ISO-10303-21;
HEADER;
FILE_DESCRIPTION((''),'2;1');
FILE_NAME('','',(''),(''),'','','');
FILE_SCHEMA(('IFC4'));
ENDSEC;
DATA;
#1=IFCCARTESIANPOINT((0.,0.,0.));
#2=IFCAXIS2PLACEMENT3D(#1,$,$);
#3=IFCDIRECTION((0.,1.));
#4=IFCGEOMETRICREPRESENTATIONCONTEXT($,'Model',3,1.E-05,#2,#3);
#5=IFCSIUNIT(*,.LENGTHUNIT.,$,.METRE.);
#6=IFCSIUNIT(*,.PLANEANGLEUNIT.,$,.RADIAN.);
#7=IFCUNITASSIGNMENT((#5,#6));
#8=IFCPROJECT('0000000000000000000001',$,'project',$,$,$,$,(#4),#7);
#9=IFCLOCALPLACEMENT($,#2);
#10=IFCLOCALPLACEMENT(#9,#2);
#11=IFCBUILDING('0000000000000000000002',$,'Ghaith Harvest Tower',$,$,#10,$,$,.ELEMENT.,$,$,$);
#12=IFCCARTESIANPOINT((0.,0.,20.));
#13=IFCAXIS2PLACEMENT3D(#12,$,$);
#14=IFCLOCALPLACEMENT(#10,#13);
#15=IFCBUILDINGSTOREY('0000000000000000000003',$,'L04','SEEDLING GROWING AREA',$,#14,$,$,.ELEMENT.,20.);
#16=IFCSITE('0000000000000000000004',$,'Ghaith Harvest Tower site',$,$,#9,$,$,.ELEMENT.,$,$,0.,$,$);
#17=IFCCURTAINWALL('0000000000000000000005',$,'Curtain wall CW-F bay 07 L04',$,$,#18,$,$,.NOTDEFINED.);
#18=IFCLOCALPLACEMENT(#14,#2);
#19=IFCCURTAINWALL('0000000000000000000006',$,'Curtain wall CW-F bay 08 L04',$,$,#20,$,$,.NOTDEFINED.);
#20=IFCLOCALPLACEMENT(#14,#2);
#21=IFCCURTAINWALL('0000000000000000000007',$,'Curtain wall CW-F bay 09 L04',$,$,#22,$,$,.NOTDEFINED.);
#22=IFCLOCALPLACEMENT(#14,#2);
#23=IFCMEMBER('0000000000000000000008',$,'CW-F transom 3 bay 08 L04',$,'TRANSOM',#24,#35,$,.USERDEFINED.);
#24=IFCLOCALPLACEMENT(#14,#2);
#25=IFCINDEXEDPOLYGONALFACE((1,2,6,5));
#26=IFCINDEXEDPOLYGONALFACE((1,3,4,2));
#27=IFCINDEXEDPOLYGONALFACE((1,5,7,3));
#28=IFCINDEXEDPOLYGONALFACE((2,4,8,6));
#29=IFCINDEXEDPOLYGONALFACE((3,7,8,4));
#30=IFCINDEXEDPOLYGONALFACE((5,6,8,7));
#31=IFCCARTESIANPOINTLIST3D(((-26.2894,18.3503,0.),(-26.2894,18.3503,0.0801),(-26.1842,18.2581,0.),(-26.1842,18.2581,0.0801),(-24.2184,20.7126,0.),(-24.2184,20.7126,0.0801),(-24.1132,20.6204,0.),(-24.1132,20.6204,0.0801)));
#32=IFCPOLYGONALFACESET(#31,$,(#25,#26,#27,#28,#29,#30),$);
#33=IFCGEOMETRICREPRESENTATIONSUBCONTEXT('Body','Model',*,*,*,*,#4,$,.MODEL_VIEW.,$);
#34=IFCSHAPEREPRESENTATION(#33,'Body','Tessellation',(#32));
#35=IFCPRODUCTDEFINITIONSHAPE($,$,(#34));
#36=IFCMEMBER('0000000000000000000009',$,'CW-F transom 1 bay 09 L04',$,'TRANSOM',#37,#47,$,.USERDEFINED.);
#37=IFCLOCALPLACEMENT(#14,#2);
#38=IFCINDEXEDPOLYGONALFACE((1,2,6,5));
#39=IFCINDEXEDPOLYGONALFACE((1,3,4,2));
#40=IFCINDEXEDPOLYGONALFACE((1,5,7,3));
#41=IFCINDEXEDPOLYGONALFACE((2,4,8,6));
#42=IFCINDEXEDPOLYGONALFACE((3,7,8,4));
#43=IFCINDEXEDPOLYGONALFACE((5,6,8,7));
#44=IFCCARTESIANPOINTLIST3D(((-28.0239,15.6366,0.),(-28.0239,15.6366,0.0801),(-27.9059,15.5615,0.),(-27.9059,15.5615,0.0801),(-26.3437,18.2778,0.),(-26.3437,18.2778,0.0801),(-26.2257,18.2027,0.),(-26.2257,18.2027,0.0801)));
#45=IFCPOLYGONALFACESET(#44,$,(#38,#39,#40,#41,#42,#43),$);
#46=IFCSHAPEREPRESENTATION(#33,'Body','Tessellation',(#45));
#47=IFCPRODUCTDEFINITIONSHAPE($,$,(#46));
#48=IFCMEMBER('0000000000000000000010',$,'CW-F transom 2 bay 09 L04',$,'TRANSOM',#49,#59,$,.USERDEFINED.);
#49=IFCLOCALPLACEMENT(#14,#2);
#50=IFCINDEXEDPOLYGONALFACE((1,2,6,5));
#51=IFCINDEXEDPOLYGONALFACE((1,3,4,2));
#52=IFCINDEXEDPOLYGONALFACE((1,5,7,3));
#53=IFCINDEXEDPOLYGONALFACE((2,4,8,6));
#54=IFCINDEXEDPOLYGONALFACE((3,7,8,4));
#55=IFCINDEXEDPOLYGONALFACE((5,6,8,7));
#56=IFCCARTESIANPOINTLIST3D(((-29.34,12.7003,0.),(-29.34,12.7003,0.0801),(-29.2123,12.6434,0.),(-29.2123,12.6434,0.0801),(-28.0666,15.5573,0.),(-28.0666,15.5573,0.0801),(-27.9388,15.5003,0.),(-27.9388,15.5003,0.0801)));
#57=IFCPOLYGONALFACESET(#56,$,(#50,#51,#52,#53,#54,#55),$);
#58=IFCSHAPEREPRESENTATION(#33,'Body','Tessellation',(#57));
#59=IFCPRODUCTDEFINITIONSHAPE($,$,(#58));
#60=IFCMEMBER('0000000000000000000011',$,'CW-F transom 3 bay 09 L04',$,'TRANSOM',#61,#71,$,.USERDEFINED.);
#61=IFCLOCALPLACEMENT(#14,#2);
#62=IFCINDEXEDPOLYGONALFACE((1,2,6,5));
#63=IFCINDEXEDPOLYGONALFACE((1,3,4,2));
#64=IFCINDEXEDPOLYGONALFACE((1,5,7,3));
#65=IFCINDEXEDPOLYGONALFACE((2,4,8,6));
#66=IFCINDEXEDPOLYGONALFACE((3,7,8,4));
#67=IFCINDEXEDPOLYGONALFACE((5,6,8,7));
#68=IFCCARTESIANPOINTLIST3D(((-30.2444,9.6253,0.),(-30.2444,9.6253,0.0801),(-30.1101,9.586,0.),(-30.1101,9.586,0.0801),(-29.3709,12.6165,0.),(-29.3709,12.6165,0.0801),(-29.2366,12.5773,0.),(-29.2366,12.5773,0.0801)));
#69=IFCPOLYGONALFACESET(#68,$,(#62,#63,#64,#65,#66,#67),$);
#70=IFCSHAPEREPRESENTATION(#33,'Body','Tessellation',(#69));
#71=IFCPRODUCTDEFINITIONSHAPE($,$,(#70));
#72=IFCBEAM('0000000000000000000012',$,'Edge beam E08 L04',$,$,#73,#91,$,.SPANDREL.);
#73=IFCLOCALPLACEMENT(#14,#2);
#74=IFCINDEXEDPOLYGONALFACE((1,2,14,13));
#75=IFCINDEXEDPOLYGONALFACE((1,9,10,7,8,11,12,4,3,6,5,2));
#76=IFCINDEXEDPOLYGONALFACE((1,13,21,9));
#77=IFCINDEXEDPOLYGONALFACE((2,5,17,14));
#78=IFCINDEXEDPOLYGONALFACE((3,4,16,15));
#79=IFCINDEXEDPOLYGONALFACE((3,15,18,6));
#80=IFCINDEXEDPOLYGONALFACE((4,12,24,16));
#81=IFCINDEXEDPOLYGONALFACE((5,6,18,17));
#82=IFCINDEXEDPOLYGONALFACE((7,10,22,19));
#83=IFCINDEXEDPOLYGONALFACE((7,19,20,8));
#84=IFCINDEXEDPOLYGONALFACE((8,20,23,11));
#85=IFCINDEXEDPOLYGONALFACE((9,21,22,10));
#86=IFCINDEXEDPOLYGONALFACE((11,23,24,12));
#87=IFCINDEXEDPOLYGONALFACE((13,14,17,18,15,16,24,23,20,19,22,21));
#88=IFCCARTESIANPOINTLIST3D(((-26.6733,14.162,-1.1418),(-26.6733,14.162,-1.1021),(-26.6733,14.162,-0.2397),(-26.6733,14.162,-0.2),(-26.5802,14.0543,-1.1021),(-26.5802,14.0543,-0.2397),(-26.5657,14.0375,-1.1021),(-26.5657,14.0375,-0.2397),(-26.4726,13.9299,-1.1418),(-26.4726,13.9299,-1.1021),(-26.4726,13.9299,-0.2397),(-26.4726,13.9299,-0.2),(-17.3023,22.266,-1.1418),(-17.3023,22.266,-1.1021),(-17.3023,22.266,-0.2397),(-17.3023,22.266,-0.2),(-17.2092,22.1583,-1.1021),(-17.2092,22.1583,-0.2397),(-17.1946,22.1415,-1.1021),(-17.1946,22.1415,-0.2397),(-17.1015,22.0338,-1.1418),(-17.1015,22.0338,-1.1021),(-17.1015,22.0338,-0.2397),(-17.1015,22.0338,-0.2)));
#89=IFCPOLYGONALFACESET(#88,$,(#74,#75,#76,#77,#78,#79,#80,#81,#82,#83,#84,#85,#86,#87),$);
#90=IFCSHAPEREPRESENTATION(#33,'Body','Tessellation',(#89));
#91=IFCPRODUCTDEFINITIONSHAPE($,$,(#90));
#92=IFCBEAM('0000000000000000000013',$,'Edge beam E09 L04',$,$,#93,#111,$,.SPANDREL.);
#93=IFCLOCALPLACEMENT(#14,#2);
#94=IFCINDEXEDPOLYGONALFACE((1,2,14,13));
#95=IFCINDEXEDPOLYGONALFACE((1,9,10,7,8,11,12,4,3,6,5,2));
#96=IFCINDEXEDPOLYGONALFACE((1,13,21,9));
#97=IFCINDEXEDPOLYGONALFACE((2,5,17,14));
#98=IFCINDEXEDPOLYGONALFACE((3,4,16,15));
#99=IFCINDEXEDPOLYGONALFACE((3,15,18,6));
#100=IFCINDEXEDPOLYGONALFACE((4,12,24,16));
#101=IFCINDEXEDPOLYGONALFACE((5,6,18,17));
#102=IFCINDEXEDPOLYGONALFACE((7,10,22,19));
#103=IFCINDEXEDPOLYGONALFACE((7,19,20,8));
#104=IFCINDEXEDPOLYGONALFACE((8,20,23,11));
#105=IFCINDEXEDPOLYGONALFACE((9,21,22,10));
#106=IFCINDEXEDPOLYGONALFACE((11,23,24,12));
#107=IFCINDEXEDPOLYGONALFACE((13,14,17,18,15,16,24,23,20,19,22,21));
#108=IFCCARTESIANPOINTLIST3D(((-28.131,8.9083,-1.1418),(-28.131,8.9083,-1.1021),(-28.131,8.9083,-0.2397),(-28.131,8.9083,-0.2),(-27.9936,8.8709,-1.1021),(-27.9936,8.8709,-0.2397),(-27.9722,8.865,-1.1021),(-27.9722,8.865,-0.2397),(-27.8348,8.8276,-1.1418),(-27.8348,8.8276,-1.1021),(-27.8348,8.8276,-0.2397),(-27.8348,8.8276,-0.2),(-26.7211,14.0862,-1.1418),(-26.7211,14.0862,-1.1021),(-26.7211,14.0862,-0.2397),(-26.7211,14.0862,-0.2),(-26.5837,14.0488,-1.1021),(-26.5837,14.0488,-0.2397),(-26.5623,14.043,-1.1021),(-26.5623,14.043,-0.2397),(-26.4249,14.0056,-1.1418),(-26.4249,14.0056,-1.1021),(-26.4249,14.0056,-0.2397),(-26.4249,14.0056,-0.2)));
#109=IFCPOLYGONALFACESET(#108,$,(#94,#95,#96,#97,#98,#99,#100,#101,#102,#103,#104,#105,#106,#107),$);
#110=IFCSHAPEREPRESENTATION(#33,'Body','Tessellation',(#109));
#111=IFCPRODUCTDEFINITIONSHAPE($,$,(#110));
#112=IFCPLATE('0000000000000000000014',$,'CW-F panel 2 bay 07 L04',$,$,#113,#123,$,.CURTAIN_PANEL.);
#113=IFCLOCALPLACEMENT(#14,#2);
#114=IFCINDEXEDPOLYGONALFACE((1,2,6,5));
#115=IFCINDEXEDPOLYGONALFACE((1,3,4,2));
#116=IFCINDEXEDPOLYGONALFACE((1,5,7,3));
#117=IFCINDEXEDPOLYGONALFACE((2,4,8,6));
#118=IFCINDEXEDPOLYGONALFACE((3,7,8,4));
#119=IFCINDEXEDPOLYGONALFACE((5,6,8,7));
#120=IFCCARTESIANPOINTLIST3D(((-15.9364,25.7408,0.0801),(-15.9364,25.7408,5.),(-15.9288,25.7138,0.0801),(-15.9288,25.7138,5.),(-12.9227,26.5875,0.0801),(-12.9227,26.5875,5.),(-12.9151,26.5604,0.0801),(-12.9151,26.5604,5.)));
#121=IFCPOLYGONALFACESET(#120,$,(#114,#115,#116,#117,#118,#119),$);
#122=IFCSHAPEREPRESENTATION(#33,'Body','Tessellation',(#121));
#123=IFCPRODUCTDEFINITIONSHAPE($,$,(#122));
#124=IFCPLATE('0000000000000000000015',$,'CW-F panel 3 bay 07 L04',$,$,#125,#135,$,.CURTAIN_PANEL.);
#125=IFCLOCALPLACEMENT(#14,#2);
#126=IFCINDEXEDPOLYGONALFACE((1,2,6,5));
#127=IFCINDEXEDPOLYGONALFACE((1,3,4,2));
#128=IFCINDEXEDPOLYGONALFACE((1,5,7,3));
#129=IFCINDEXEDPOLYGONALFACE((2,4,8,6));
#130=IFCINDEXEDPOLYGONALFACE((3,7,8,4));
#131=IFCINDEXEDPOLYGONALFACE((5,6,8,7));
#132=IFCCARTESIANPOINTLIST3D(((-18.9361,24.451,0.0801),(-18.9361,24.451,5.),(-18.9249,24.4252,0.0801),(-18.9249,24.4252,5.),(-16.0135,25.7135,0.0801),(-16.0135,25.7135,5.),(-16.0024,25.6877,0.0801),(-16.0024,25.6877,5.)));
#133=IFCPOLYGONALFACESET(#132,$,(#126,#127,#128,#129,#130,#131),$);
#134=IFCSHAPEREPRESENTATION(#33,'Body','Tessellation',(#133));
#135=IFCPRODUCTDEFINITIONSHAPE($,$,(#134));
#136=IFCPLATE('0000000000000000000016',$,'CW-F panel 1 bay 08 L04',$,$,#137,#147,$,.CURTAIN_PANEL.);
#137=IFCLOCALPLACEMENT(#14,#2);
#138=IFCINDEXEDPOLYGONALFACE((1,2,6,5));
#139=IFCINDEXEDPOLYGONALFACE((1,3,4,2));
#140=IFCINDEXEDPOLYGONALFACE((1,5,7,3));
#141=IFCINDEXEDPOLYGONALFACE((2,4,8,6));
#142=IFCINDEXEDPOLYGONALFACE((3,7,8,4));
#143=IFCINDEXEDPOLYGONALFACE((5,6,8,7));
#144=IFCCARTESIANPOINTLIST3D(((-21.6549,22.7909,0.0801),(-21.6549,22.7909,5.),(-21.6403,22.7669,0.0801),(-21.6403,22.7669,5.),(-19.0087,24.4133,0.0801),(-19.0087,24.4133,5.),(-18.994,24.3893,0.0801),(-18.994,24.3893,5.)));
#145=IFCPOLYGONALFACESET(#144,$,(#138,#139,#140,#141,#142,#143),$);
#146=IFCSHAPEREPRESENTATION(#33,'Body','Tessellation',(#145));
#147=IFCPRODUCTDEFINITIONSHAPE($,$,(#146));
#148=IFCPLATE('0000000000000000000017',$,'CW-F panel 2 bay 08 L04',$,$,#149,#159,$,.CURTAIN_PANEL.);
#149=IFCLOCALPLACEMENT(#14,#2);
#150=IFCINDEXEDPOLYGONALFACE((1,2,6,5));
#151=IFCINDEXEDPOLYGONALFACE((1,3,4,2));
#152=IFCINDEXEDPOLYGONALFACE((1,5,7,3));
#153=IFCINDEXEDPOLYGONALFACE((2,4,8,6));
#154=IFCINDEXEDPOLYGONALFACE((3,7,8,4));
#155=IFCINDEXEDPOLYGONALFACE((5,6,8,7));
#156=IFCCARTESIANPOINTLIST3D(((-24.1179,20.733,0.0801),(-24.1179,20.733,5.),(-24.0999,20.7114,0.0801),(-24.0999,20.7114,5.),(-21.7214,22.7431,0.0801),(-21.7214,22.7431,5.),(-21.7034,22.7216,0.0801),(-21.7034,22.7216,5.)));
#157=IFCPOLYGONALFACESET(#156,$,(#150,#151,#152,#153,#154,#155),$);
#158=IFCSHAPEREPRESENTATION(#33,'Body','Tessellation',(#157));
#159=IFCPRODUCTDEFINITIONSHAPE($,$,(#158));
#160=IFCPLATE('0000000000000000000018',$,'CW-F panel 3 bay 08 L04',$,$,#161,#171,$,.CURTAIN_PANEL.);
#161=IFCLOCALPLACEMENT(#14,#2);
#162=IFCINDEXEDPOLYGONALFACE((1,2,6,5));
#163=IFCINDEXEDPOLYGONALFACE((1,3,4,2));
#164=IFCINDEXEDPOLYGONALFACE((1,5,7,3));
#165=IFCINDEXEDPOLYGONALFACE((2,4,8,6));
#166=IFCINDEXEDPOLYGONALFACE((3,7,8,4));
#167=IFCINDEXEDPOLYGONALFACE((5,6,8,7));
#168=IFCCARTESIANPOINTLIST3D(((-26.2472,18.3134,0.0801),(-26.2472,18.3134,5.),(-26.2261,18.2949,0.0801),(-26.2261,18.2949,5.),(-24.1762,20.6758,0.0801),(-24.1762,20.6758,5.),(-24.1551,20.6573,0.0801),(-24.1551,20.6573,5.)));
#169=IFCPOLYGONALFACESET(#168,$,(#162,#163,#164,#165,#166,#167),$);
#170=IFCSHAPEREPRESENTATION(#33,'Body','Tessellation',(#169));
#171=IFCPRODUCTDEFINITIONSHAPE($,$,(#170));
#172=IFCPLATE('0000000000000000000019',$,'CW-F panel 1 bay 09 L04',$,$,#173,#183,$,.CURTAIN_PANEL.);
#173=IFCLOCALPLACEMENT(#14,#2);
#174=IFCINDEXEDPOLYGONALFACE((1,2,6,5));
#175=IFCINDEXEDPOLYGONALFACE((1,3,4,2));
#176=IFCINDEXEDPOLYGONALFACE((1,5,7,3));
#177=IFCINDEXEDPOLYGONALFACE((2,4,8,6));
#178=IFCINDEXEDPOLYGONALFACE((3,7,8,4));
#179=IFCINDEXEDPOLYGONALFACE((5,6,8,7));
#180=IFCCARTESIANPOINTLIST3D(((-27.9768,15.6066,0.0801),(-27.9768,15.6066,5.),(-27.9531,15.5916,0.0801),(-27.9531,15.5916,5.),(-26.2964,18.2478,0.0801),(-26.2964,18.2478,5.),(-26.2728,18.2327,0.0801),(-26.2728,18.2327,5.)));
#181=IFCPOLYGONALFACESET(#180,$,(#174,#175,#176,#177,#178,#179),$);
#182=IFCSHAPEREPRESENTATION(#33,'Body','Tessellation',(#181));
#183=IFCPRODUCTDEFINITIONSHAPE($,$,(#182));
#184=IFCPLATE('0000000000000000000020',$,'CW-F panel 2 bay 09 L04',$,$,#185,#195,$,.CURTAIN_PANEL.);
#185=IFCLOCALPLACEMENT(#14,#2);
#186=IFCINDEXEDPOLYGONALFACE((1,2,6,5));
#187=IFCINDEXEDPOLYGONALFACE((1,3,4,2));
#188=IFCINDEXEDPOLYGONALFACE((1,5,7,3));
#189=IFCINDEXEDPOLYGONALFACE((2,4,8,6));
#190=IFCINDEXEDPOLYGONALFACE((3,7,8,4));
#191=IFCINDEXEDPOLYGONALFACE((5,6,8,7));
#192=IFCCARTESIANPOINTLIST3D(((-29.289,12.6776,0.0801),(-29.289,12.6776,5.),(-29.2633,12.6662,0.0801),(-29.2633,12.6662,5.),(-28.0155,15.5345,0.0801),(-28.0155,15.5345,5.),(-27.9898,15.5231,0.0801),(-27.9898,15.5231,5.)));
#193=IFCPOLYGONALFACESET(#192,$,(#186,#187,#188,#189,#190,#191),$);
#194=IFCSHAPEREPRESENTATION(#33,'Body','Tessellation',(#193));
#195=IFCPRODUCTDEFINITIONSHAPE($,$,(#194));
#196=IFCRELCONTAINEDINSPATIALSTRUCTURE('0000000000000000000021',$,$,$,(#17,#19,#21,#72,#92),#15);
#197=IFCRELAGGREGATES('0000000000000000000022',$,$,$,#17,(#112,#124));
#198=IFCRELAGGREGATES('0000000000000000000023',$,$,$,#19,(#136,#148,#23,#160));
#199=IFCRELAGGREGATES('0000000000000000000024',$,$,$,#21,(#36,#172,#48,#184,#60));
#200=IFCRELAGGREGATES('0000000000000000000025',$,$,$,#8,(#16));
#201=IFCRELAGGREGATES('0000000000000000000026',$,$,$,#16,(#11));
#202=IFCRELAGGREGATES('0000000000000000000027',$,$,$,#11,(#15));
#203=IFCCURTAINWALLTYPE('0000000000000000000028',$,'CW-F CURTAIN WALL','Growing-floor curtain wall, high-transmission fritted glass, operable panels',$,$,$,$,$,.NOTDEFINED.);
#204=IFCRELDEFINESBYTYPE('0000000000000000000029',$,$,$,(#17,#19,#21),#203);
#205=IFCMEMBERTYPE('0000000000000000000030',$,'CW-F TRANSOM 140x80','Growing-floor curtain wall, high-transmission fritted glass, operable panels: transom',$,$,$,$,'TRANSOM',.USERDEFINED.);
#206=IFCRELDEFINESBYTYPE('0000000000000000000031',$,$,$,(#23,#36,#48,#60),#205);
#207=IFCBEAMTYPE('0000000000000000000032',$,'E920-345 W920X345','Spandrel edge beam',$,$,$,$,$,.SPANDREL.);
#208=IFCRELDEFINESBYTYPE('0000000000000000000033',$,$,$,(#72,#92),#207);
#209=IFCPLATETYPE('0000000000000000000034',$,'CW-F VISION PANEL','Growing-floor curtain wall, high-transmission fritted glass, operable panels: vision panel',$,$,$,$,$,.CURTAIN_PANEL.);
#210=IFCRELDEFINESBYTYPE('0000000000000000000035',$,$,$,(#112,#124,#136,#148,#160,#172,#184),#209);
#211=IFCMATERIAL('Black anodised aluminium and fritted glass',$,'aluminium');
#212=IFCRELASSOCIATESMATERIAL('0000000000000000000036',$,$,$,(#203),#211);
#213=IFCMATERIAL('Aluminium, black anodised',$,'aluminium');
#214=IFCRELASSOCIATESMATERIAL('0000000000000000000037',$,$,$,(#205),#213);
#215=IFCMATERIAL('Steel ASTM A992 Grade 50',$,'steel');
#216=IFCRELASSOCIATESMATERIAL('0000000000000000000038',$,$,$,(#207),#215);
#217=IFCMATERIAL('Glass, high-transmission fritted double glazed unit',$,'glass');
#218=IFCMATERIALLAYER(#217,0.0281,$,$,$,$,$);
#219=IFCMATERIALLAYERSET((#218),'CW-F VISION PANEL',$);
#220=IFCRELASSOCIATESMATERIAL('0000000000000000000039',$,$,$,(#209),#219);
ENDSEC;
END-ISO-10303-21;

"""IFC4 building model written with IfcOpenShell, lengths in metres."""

from ifc_helpers import new_model, si_unit, direction, frame, origin, origin_2d, place, context, subcontext, project, spatial, rectangle, i_section, extrude, material, layer, layer_set, material_profile, profile_set, type_object, element, aggregate, save


model = new_model("IFC4")

# Units and contexts
model_context = context("Model", 3, precision=1e-05, world=origin(), true_north=direction((0.0, 1.0)))
body_context = subcontext(model_context, "Body", "Model", "MODEL_VIEW")
ifc_project = project(units=[si_unit("LENGTHUNIT", "METRE"), si_unit("PLANEANGLEUNIT", "RADIAN")], contexts=[model_context])

# Site, building, storey
site_placement = place(None, origin())
site = spatial("IfcSite", under=ifc_project, at=site_placement, Name="Ghaith Harvest Tower site", CompositionType="ELEMENT", RefElevation=0.0)
building_placement = place(site_placement, origin())
building = spatial("IfcBuilding", under=site, at=building_placement, Name="Ghaith Harvest Tower", CompositionType="ELEMENT")
storey_placement = place(building_placement, frame((0.0, 0.0, 20.0)))
storey = spatial("IfcBuildingStorey", under=building, at=storey_placement, Name="L04", Description="SEEDLING GROWING AREA", CompositionType="ELEMENT", Elevation=20.0)

# Curtain walls
ifc_material_1 = material(Name="Black anodised aluminium and fritted glass", Category="aluminium")
curtain_wall_type = type_object("IfcCurtainWallType", Name="CW-F CURTAIN WALL", Description="Growing-floor curtain wall, high-transmission fritted glass, operable panels", PredefinedType="NOTDEFINED", material=ifc_material_1)
curtain_wall_1_placement = place(storey_placement, origin())
curtain_wall_1 = element("IfcCurtainWall", 1, at=curtain_wall_1_placement, inside=storey, type_object=curtain_wall_type, Name="Curtain wall CW-F bay 07 L04", PredefinedType="NOTDEFINED")
curtain_wall_2_placement = place(storey_placement, origin())
curtain_wall_2 = element("IfcCurtainWall", 2, at=curtain_wall_2_placement, inside=storey, type_object=curtain_wall_type, Name="Curtain wall CW-F bay 08 L04", PredefinedType="NOTDEFINED")
curtain_wall_3_placement = place(storey_placement, origin())
curtain_wall_3 = element("IfcCurtainWall", 3, at=curtain_wall_3_placement, inside=storey, type_object=curtain_wall_type, Name="Curtain wall CW-F bay 09 L04", PredefinedType="NOTDEFINED")

# Members
ifc_material_2 = material(Name="Aluminium, black anodised", Category="aluminium")
ifc_material_profile_1 = material_profile(ifc_material_2, rectangle(XDim=0.1399, YDim=0.0801, at=origin_2d()), Name="CW-F TRANSOM 140x80")
ifc_profile_set_1 = profile_set([ifc_material_profile_1], Name="Aluminium, black anodised")
member_type_1 = type_object("IfcMemberType", Name="CW-F TRANSOM 140x80", Description="Growing-floor curtain wall, high-transmission fritted glass, operable panels: transom", ElementType="TRANSOM", PredefinedType="USERDEFINED", material=ifc_profile_set_1)
member_1_placement = place(storey_placement, frame((-24.1658, 20.6665, 0.04), z_axis=(-0.659231, -0.751941, 0.0), x_axis=(0.751941, -0.659231, 0.0)))
member_1 = element("IfcMember", 4, at=member_1_placement, type_object=member_type_1, Name="CW-F transom 3 bay 08 L04", ObjectType="TRANSOM", PredefinedType="USERDEFINED", context=body_context, shape_type="SweptSolid", body=[
    extrude(rectangle(XDim=0.1399, YDim=0.0801, at=origin_2d()), origin(), (0.0, 0.0, 1.0), 3.1416),
])
member_2_placement = place(storey_placement, frame((-26.2847, 18.2402, 0.04), z_axis=(-0.536754, -0.843739, 0.0), x_axis=(0.843739, -0.536754, 0.0)))
member_2 = element("IfcMember", 5, at=member_2_placement, type_object=member_type_1, Name="CW-F transom 1 bay 09 L04", ObjectType="TRANSOM", PredefinedType="USERDEFINED", context=body_context, shape_type="SweptSolid", body=[
    extrude(rectangle(XDim=0.1399, YDim=0.0801, at=origin_2d()), origin(), (0.0, 0.0, 1.0), 3.1304),
])
member_3_placement = place(storey_placement, frame((-28.0027, 15.5288, 0.04), z_axis=(-0.407123, -0.913373, 0.0), x_axis=(0.913373, -0.407123, 0.0)))
member_3 = element("IfcMember", 6, at=member_3_placement, type_object=member_type_1, Name="CW-F transom 2 bay 09 L04", ObjectType="TRANSOM", PredefinedType="USERDEFINED", context=body_context, shape_type="SweptSolid", body=[
    extrude(rectangle(XDim=0.1399, YDim=0.0801, at=origin_2d()), origin(), (0.0, 0.0, 1.0), 3.1279),
])
member_4_placement = place(storey_placement, frame((-29.3037, 12.5969, 0.04), z_axis=(-0.280325, -0.959905, 0.0), x_axis=(0.959905, -0.280325, 0.0)))
member_4 = element("IfcMember", 7, at=member_4_placement, type_object=member_type_1, Name="CW-F transom 3 bay 09 L04", ObjectType="TRANSOM", PredefinedType="USERDEFINED", context=body_context, shape_type="SweptSolid", body=[
    extrude(rectangle(XDim=0.1399, YDim=0.0801, at=origin_2d()), origin(), (0.0, 0.0, 1.0), 3.1162),
])

# Beams
ifc_material_3 = material(Name="Steel ASTM A992 Grade 50", Category="steel")
ifc_material_profile_2 = material_profile(ifc_material_3, i_section(OverallWidth=0.3069, OverallDepth=0.9419, WebThickness=0.0222, FlangeThickness=0.0398, at=origin_2d()), Name="W920X345")
ifc_profile_set_2 = profile_set([ifc_material_profile_2], Name="Steel ASTM A992 Grade 50")
beam_type = type_object("IfcBeamType", Name="E920-345 W920X345", Description="Spandrel edge beam", PredefinedType="SPANDREL", material=ifc_profile_set_2)
beam_1_placement = place(storey_placement, frame((-17.2019, 22.1499, -0.6709), z_axis=(-0.756392, -0.654118, 0.0), x_axis=(0.654118, -0.756392, 0.0)))
element("IfcBeam", 8, at=beam_1_placement, inside=storey, type_object=beam_type, Name="Edge beam E08 L04", PredefinedType="SPANDREL", context=body_context, shape_type="SweptSolid", body=[
    extrude(i_section(OverallWidth=0.3069, OverallDepth=0.9419, WebThickness=0.0222, FlangeThickness=0.0398, at=origin_2d()), origin(), (0.0, 0.0, 1.0), 12.3892),
])
beam_2_placement = place(storey_placement, frame((-26.573, 14.0459, -0.6709), z_axis=(-0.262725, -0.964871, 0.0), x_axis=(0.964871, -0.262725, 0.0)))
element("IfcBeam", 9, at=beam_2_placement, inside=storey, type_object=beam_type, Name="Edge beam E09 L04", PredefinedType="SPANDREL", context=body_context, shape_type="SweptSolid", body=[
    extrude(i_section(OverallWidth=0.3069, OverallDepth=0.9419, WebThickness=0.0222, FlangeThickness=0.0398, at=origin_2d()), origin(), (0.0, 0.0, 1.0), 5.3665),
])

# Plates
ifc_material_4 = material(Name="Glass, high-transmission fritted double glazed unit", Category="glass")
ifc_layer_1 = layer(ifc_material_4, 0.0281)
ifc_layer_set_1 = layer_set([ifc_layer_1], Name="CW-F VISION PANEL")
plate_type = type_object("IfcPlateType", Name="CW-F VISION PANEL", Description="Growing-floor curtain wall, high-transmission fritted glass, operable panels: vision panel", PredefinedType="CURTAIN_PANEL", material=ifc_layer_set_1)
plate_1_placement = place(storey_placement, frame((-14.4258, 26.1506, 0.0801), z_axis=(0.0, 0.0, 1.0), x_axis=(-0.96273, -0.270465, 0.0)))
plate_1 = element("IfcPlate", 10, at=plate_1_placement, type_object=plate_type, Name="CW-F panel 2 bay 07 L04", PredefinedType="CURTAIN_PANEL", context=body_context, shape_type="SweptSolid", body=[
    extrude(rectangle(XDim=3.1304, YDim=0.0281, at=origin_2d()), origin(), (0.0, 0.0, 1.0), 4.9199),
])
plate_2_placement = place(storey_placement, frame((-17.4692, 25.0693, 0.0801), z_axis=(0.0, 0.0, 1.0), x_axis=(-0.918003, -0.396574, 0.0)))
plate_2 = element("IfcPlate", 11, at=plate_2_placement, type_object=plate_type, Name="CW-F panel 3 bay 07 L04", PredefinedType="CURTAIN_PANEL", context=body_context, shape_type="SweptSolid", body=[
    extrude(rectangle(XDim=3.1836, YDim=0.0281, at=origin_2d()), origin(), (0.0, 0.0, 1.0), 4.9199),
])
aggregate(curtain_wall_1, [plate_1, plate_2])
plate_3_placement = place(storey_placement, frame((-20.3245, 23.5901, 0.0801), z_axis=(0.0, 0.0, 1.0), x_axis=(-0.852528, -0.522682, 0.0)))
plate_3 = element("IfcPlate", 12, at=plate_3_placement, type_object=plate_type, Name="CW-F panel 1 bay 08 L04", PredefinedType="CURTAIN_PANEL", context=body_context, shape_type="SweptSolid", body=[
    extrude(rectangle(XDim=3.104, YDim=0.0281, at=origin_2d()), origin(), (0.0, 0.0, 1.0), 4.9199),
])
plate_4_placement = place(storey_placement, frame((-22.9106, 21.7273, 0.0801), z_axis=(0.0, 0.0, 1.0), x_axis=(-0.766155, -0.642656, 0.0)))
plate_4 = element("IfcPlate", 13, at=plate_4_placement, type_object=plate_type, Name="CW-F panel 2 bay 08 L04", PredefinedType="CURTAIN_PANEL", context=body_context, shape_type="SweptSolid", body=[
    extrude(rectangle(XDim=3.1279, YDim=0.0281, at=origin_2d()), origin(), (0.0, 0.0, 1.0), 4.9199),
])
plate_5_placement = place(storey_placement, frame((-25.2012, 19.4854, 0.0801), z_axis=(0.0, 0.0, 1.0), x_axis=(-0.659216, -0.751954, 0.0)))
plate_5 = element("IfcPlate", 14, at=plate_5_placement, type_object=plate_type, Name="CW-F panel 3 bay 08 L04", PredefinedType="CURTAIN_PANEL", context=body_context, shape_type="SweptSolid", body=[
    extrude(rectangle(XDim=3.1416, YDim=0.0281, at=origin_2d()), origin(), (0.0, 0.0, 1.0), 4.9199),
])
aggregate(curtain_wall_2, [plate_3, plate_4, member_1, plate_5])
plate_6_placement = place(storey_placement, frame((-27.1248, 16.9197, 0.0801), z_axis=(0.0, 0.0, 1.0), x_axis=(-0.536779, -0.843723, 0.0)))
plate_6 = element("IfcPlate", 15, at=plate_6_placement, type_object=plate_type, Name="CW-F panel 1 bay 09 L04", PredefinedType="CURTAIN_PANEL", context=body_context, shape_type="SweptSolid", body=[
    extrude(rectangle(XDim=3.1304, YDim=0.0281, at=origin_2d()), origin(), (0.0, 0.0, 1.0), 4.9199),
])
plate_7_placement = place(storey_placement, frame((-28.6394, 14.1003, 0.0801), z_axis=(0.0, 0.0, 1.0), x_axis=(-0.407134, -0.913368, 0.0)))
plate_7 = element("IfcPlate", 16, at=plate_7_placement, type_object=plate_type, Name="CW-F panel 2 bay 09 L04", PredefinedType="CURTAIN_PANEL", context=body_context, shape_type="SweptSolid", body=[
    extrude(rectangle(XDim=3.1279, YDim=0.0281, at=origin_2d()), origin(), (0.0, 0.0, 1.0), 4.9199),
])
aggregate(curtain_wall_3, [member_2, plate_6, member_3, plate_7, member_4])

save(model, "model.ifc")
